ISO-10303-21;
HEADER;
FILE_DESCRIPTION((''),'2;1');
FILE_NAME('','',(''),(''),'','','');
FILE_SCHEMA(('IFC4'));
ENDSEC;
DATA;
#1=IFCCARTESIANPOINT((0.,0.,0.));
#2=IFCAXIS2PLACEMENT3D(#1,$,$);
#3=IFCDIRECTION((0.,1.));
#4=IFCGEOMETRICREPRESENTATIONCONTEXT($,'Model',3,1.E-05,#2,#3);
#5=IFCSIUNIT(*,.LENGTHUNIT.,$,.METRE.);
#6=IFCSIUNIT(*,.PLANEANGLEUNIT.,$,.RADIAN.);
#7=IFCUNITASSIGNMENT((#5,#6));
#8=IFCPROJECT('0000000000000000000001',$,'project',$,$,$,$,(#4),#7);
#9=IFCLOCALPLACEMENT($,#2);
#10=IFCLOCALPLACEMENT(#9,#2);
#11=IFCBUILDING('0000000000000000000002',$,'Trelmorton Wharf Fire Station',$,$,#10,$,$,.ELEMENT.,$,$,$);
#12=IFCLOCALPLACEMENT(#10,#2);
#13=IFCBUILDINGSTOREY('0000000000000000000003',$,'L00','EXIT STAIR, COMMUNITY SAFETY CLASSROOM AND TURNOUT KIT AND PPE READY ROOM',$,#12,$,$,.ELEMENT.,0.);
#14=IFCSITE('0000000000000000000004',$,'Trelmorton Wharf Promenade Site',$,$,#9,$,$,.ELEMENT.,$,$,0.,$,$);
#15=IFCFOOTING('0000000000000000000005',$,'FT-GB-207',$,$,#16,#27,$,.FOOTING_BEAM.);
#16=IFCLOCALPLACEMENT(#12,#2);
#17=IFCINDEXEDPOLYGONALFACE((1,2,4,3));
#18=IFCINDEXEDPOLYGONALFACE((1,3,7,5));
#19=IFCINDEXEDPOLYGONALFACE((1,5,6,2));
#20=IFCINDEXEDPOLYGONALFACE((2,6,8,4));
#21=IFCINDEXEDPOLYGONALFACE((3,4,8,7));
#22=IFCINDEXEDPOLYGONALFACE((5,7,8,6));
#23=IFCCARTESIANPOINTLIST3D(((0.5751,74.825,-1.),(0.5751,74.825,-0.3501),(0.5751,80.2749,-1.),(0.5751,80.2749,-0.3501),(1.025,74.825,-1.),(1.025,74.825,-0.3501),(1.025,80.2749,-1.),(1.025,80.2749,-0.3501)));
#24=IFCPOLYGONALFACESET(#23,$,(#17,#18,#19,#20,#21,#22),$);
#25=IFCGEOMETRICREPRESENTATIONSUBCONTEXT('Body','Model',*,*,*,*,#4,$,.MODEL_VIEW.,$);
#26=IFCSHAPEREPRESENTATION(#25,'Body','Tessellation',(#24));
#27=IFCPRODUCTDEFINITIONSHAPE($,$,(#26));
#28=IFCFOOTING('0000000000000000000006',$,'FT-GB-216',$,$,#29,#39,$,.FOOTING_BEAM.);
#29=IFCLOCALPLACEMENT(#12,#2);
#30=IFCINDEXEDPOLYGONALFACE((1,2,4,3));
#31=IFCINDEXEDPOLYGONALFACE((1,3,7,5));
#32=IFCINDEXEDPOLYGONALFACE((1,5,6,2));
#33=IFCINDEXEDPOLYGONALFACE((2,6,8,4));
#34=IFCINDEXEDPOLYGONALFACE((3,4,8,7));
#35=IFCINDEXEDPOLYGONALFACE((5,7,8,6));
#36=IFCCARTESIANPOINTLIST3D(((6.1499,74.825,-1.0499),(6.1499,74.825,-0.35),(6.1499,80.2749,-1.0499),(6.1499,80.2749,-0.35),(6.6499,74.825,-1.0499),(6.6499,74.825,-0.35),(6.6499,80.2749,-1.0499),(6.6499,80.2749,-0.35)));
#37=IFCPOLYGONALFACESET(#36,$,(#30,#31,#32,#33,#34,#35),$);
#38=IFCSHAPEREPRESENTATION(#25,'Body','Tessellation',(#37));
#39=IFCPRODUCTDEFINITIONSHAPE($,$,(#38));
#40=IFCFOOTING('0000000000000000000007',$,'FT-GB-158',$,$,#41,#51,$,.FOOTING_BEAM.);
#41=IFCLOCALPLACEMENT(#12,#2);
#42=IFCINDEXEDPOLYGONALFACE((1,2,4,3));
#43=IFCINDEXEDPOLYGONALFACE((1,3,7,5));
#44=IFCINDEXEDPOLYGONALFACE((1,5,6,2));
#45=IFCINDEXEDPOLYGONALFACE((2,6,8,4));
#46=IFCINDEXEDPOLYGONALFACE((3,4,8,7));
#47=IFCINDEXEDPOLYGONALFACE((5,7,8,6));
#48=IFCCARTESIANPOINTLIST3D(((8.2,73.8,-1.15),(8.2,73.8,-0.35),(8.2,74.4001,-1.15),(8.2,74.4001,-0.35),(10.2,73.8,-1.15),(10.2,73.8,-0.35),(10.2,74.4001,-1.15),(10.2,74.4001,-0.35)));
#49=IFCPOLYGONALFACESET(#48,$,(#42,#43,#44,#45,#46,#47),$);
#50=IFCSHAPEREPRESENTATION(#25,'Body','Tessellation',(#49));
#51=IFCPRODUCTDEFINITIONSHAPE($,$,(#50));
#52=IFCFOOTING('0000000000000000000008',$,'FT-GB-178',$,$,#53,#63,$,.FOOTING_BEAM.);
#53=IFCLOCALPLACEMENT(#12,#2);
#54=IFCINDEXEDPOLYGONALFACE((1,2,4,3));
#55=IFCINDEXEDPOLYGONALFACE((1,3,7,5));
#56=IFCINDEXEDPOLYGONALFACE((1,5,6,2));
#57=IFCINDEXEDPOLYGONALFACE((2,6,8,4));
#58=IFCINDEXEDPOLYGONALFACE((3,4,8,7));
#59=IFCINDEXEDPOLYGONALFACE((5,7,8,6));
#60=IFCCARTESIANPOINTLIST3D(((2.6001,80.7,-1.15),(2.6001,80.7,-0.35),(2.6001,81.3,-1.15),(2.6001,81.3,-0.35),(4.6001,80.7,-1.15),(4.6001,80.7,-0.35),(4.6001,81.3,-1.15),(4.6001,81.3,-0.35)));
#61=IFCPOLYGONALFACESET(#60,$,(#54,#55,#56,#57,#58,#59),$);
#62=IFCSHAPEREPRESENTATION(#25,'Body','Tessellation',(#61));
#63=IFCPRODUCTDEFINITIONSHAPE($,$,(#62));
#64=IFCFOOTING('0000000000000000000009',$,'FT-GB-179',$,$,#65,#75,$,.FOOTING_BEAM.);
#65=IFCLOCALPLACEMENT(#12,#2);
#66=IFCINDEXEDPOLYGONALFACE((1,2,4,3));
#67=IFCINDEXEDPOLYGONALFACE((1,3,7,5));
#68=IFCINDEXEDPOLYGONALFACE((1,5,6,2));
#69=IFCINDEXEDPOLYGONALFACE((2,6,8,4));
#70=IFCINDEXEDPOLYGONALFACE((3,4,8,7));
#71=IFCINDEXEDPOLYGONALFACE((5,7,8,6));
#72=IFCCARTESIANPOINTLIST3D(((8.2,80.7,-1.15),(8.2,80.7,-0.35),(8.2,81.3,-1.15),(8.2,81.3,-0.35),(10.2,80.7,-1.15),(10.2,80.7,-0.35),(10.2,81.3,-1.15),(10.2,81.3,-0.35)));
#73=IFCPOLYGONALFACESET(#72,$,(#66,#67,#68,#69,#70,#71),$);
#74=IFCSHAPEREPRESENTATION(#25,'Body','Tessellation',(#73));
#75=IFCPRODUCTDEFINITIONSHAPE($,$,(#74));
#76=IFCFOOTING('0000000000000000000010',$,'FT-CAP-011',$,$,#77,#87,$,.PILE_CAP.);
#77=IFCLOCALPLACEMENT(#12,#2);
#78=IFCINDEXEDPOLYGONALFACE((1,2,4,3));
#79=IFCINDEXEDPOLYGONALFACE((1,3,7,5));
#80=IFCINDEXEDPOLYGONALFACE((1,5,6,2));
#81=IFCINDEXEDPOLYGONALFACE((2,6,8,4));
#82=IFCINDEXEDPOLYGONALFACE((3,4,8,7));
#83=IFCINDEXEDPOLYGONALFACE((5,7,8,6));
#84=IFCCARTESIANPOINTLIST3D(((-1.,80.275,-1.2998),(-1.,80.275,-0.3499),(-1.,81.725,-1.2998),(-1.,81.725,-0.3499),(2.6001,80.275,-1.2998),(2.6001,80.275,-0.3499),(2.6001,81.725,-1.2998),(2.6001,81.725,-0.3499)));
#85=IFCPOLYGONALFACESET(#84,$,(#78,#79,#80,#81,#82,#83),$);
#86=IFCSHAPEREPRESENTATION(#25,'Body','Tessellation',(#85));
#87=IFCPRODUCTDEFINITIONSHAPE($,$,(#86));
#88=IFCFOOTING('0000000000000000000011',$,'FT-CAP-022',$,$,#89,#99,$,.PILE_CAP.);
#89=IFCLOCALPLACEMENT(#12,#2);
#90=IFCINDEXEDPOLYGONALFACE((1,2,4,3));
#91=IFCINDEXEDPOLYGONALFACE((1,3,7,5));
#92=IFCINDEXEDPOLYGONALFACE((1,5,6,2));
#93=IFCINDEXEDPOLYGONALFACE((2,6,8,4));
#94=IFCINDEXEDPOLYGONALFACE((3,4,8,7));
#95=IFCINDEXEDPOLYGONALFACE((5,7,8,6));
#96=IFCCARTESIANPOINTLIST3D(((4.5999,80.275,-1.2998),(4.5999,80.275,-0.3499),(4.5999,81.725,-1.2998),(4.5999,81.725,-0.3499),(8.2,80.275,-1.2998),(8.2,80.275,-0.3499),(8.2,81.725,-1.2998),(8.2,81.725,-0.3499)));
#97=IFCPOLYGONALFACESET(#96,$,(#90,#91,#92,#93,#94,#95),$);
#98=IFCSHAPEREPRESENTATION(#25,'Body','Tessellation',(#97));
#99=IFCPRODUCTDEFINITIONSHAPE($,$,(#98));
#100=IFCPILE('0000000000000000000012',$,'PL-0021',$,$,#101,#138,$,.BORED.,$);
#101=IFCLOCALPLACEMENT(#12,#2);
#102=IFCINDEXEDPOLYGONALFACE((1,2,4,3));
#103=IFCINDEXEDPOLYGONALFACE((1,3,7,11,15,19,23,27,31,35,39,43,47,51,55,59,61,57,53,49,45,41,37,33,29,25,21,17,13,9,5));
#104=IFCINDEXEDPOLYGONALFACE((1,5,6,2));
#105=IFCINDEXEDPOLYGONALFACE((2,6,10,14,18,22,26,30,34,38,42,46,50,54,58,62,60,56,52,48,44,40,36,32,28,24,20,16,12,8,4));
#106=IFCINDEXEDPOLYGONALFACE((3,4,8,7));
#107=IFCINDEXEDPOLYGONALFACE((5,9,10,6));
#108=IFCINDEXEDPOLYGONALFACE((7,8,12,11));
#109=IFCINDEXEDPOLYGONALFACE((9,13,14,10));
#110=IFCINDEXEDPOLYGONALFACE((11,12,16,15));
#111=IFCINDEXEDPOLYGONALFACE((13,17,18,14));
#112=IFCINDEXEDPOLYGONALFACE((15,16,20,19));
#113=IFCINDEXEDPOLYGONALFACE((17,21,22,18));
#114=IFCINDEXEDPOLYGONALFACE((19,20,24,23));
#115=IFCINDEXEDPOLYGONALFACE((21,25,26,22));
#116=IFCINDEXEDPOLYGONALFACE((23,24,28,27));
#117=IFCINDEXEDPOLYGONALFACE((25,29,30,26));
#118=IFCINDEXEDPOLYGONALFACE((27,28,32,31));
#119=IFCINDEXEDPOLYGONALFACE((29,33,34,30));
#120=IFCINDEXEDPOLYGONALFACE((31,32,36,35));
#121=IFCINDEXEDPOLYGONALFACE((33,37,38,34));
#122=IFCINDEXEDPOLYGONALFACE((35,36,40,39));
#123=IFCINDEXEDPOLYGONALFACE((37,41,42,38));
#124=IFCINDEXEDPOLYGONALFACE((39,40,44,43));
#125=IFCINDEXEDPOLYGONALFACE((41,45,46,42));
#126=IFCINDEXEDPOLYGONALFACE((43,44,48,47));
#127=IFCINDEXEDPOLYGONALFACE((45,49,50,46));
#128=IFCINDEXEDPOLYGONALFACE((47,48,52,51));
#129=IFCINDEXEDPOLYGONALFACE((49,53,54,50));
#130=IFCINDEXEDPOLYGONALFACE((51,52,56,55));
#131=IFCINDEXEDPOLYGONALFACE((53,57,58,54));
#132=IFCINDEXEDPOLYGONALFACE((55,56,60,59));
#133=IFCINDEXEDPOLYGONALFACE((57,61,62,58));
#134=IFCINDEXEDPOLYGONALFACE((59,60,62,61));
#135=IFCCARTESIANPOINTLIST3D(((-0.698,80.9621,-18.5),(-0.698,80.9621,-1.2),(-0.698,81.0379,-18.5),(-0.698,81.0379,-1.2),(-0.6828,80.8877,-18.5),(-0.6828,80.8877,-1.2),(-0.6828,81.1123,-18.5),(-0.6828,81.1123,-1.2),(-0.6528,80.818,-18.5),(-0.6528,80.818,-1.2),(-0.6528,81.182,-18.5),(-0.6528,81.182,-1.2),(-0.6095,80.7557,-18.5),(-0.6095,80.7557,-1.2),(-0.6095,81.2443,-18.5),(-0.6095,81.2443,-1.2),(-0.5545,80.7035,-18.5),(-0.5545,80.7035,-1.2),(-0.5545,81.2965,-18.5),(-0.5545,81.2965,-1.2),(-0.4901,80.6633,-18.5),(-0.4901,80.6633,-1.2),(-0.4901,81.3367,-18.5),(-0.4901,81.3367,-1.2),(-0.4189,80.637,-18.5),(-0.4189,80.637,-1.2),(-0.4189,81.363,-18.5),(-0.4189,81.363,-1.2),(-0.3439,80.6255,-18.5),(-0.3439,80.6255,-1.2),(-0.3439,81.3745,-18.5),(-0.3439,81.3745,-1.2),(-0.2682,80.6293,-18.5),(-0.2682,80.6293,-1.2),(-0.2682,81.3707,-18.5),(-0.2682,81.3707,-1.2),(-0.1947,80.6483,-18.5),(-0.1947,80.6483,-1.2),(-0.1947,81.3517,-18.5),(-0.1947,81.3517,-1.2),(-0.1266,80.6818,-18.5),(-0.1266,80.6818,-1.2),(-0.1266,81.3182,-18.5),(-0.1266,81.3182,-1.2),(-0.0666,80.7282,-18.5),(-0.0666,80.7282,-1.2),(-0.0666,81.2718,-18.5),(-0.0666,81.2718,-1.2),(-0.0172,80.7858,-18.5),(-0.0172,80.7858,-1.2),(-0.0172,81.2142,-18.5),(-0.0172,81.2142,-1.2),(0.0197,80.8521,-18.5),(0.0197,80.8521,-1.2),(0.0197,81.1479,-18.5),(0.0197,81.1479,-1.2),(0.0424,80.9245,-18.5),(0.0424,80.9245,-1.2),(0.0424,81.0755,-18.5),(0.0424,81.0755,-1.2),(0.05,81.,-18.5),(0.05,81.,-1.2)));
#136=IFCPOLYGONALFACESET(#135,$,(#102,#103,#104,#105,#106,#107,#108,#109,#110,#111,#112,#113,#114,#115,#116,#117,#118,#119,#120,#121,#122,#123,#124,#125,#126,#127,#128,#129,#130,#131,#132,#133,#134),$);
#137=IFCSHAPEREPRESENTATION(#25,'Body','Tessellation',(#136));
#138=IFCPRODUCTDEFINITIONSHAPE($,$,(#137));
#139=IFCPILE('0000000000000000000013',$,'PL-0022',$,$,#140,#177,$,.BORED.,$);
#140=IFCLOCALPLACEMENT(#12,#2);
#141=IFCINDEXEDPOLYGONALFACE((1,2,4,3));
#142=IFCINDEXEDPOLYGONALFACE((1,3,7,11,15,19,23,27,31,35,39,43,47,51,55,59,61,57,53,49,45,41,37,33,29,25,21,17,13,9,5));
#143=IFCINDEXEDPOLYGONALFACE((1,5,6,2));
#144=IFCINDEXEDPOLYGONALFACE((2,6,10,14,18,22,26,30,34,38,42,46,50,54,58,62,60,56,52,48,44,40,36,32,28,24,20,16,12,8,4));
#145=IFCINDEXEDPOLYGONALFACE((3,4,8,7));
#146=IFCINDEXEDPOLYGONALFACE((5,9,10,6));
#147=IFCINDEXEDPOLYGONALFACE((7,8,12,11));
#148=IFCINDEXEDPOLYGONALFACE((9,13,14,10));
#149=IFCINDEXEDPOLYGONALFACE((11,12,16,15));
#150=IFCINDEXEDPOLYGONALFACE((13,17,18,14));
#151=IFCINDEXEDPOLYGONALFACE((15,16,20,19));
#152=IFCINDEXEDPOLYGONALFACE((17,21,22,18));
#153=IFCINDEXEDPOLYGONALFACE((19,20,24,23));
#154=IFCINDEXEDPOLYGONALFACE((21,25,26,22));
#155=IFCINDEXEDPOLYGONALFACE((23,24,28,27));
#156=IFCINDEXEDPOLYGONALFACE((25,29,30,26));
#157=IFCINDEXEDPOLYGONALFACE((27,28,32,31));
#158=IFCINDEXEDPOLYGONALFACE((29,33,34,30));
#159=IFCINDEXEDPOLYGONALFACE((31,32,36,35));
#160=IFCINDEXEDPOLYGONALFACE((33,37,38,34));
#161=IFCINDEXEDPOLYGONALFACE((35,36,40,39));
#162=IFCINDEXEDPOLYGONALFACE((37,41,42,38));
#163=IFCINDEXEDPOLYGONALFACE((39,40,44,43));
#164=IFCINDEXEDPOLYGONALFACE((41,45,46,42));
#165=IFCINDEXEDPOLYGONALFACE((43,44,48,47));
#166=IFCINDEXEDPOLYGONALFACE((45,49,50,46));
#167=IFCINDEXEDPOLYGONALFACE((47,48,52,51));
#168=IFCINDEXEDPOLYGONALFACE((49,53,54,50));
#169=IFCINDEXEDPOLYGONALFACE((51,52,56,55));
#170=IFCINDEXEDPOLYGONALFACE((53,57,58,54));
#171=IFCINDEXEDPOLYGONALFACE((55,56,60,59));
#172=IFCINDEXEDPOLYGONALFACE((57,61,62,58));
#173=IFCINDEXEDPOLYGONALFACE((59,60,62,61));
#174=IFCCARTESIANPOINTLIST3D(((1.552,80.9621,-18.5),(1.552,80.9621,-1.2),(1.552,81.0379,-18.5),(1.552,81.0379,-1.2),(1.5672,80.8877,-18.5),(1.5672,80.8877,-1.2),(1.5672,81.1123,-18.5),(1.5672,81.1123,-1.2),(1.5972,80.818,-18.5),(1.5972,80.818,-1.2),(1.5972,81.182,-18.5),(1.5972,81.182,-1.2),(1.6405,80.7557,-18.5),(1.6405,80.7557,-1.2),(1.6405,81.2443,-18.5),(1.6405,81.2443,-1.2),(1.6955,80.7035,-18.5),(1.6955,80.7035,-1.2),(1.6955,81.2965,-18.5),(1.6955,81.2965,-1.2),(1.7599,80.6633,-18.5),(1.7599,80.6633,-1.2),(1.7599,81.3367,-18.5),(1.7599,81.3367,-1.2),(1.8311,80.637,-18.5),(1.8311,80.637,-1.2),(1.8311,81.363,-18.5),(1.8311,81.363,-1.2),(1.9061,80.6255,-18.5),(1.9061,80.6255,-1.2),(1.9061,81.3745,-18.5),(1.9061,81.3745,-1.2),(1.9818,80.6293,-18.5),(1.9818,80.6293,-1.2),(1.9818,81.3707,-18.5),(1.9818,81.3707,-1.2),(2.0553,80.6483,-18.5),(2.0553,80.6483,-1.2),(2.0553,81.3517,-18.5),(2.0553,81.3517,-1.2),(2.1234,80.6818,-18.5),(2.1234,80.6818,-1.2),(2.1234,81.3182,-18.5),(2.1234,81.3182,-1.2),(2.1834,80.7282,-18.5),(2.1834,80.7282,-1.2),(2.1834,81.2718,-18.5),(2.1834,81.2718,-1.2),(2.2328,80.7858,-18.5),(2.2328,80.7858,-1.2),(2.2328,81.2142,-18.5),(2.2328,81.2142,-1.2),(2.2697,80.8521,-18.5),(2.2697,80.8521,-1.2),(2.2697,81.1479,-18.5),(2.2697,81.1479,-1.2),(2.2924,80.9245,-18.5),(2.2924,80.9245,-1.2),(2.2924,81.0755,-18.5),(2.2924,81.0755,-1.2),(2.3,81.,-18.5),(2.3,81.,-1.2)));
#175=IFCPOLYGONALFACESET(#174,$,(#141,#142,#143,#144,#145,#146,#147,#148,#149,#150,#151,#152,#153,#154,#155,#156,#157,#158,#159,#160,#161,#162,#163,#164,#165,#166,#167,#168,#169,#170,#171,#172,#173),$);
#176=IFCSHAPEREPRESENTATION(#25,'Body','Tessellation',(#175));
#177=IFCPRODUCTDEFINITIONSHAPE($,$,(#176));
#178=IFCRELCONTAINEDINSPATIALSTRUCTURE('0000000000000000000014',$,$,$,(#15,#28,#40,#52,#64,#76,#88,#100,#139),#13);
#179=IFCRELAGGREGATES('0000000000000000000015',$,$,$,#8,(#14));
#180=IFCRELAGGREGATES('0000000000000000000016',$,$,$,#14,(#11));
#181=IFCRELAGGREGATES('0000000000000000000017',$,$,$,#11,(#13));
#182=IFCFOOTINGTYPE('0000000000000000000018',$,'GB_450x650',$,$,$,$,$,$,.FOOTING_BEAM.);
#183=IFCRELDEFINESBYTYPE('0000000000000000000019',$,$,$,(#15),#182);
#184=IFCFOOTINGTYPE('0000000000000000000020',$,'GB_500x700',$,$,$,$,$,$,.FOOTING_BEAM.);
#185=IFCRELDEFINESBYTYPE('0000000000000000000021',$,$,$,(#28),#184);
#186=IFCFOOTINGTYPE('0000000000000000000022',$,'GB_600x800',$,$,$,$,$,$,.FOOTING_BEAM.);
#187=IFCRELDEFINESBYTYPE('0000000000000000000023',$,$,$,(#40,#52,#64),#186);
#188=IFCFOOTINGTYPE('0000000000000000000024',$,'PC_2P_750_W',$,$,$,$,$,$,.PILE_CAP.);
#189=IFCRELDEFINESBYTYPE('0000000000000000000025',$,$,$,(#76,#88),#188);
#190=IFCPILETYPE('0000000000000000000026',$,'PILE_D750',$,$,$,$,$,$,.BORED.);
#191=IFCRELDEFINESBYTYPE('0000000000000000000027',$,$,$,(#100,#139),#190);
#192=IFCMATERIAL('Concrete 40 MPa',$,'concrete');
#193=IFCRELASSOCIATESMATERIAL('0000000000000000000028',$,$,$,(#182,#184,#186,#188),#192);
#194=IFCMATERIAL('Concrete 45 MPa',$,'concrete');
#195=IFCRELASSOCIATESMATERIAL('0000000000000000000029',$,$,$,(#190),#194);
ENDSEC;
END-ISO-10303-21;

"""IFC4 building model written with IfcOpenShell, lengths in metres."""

from ifc_helpers import new_model, si_unit, direction, frame, origin, origin_2d, place, context, subcontext, project, spatial, rectangle, circle, extrude, material, material_profile, profile_set, type_object, element, save


model = new_model("IFC4")

# Units and contexts
model_context = context("Model", 3, precision=1e-05, world=origin(), true_north=direction((0.0, 1.0)))
body_context = subcontext(model_context, "Body", "Model", "MODEL_VIEW")
ifc_project = project(units=[si_unit("LENGTHUNIT", "METRE"), si_unit("PLANEANGLEUNIT", "RADIAN")], contexts=[model_context])

# Site, building, storey
site_placement = place(None, origin())
site = spatial("IfcSite", under=ifc_project, at=site_placement, Name="Trelmorton Wharf Promenade Site", CompositionType="ELEMENT", RefElevation=0.0)
building_placement = place(site_placement, origin())
building = spatial("IfcBuilding", under=site, at=building_placement, Name="Trelmorton Wharf Fire Station", CompositionType="ELEMENT")
storey_placement = place(building_placement, origin())
storey = spatial("IfcBuildingStorey", under=building, at=storey_placement, Name="L00", Description="EXIT STAIR, COMMUNITY SAFETY CLASSROOM AND TURNOUT KIT AND PPE READY ROOM", CompositionType="ELEMENT", Elevation=0.0)

# Footings
ifc_material_1 = material(Name="Concrete 40 MPa", Category="concrete")
ifc_material_profile_1 = material_profile(ifc_material_1, rectangle(XDim=0.45, YDim=0.6499, at=origin_2d()), Name="RC450x650")
ifc_profile_set_1 = profile_set([ifc_material_profile_1], Name="Concrete 40 MPa")
footing_type_1 = type_object("IfcFootingType", Name="GB_450x650", PredefinedType="FOOTING_BEAM", material=ifc_profile_set_1)
footing_1_placement = place(storey_placement, frame((0.8, 74.825, -0.675), z_axis=(0.0, 1.0, 0.0), x_axis=(-1.0, 0.0, 0.0)))
element("IfcFooting", 1, at=footing_1_placement, inside=storey, type_object=footing_type_1, Name="FT-GB-207", PredefinedType="FOOTING_BEAM", context=body_context, shape_type="SweptSolid", body=[
    extrude(rectangle(XDim=0.45, YDim=0.6499, at=origin_2d()), origin(), (0.0, 0.0, 1.0), 5.45),
])
ifc_material_profile_2 = material_profile(ifc_material_1, rectangle(XDim=0.5, YDim=0.7, at=origin_2d()), Name="RC500x700")
ifc_profile_set_2 = profile_set([ifc_material_profile_2], Name="Concrete 40 MPa")
footing_type_2 = type_object("IfcFootingType", Name="GB_500x700", PredefinedType="FOOTING_BEAM", material=ifc_profile_set_2)
footing_2_placement = place(storey_placement, frame((6.3999, 74.825, -0.7), z_axis=(0.0, 1.0, 0.0), x_axis=(-1.0, 0.0, 0.0)))
element("IfcFooting", 2, at=footing_2_placement, inside=storey, type_object=footing_type_2, Name="FT-GB-216", PredefinedType="FOOTING_BEAM", context=body_context, shape_type="SweptSolid", body=[
    extrude(rectangle(XDim=0.5, YDim=0.7, at=origin_2d()), origin(), (0.0, 0.0, 1.0), 5.45),
])
ifc_material_profile_3 = material_profile(ifc_material_1, rectangle(XDim=0.6001, YDim=0.8, at=origin_2d()), Name="RC600x800")
ifc_profile_set_3 = profile_set([ifc_material_profile_3], Name="Concrete 40 MPa")
footing_type_3 = type_object("IfcFootingType", Name="GB_600x800", PredefinedType="FOOTING_BEAM", material=ifc_profile_set_3)
for number, where, z_axis, x_axis, name in (
    (3, (8.2, 74.1001, -0.75), (1.0, 0.0, 0.0), (0.0, 1.0, 0.0), "FT-GB-158"),
    (4, (2.6001, 81.0, -0.75), (1.0, 0.0, 0.0), (0.0, 1.0, 0.0), "FT-GB-178"),
    (5, (8.2, 81.0, -0.75), (1.0, 0.0, 0.0), (0.0, 1.0, 0.0), "FT-GB-179"),
):
    element("IfcFooting", number, at=place(storey_placement, frame(where, z_axis=z_axis, x_axis=x_axis)), inside=storey, type_object=footing_type_3, Name=name, PredefinedType="FOOTING_BEAM", context=body_context, shape_type="SweptSolid", body=[
        extrude(rectangle(XDim=0.6001, YDim=0.8, at=origin_2d()), origin(), (0.0, 0.0, 1.0), 2.0),
    ])
footing_type_4 = type_object("IfcFootingType", Name="PC_2P_750_W", PredefinedType="PILE_CAP", material=ifc_material_1)
for number, where, z_axis, x_axis, name in (
    (6, (0.8, 81.0, -1.2998), (0.0, 0.0, 1.0), (1.0, 0.0, 0.0), "FT-CAP-011"),
    (7, (6.3999, 81.0, -1.2998), (0.0, 0.0, 1.0), (1.0, 0.0, 0.0), "FT-CAP-022"),
):
    element("IfcFooting", number, at=place(storey_placement, frame(where, z_axis=z_axis, x_axis=x_axis)), inside=storey, type_object=footing_type_4, Name=name, PredefinedType="PILE_CAP", context=body_context, shape_type="SweptSolid", body=[
        extrude(rectangle(XDim=3.6001, YDim=1.45, at=origin_2d()), origin(), (0.0, 0.0, 1.0), 0.95),
    ])

# Piles
ifc_material_2 = material(Name="Concrete 45 MPa", Category="concrete")
ifc_material_profile_4 = material_profile(ifc_material_2, circle(Radius=0.375, at=origin_2d()), Name="PILE-D750")
ifc_profile_set_4 = profile_set([ifc_material_profile_4], Name="Concrete 45 MPa")
pile_type = type_object("IfcPileType", Name="PILE_D750", PredefinedType="BORED", material=ifc_profile_set_4)
for number, where, z_axis, x_axis, name in (
    (8, (-0.325, 81.0, -1.2), (0.0, 0.0, -1.0), (1.0, 0.0, 0.0), "PL-0021"),
    (9, (1.925, 81.0, -1.2), (0.0, 0.0, -1.0), (1.0, 0.0, 0.0), "PL-0022"),
):
    element("IfcPile", number, at=place(storey_placement, frame(where, z_axis=z_axis, x_axis=x_axis)), inside=storey, type_object=pile_type, Name=name, PredefinedType="BORED", context=body_context, shape_type="SweptSolid", body=[
        extrude(circle(Radius=0.375, at=origin_2d()), origin(), (0.0, 0.0, 1.0), 17.3),
    ])

save(model, "model.ifc")
